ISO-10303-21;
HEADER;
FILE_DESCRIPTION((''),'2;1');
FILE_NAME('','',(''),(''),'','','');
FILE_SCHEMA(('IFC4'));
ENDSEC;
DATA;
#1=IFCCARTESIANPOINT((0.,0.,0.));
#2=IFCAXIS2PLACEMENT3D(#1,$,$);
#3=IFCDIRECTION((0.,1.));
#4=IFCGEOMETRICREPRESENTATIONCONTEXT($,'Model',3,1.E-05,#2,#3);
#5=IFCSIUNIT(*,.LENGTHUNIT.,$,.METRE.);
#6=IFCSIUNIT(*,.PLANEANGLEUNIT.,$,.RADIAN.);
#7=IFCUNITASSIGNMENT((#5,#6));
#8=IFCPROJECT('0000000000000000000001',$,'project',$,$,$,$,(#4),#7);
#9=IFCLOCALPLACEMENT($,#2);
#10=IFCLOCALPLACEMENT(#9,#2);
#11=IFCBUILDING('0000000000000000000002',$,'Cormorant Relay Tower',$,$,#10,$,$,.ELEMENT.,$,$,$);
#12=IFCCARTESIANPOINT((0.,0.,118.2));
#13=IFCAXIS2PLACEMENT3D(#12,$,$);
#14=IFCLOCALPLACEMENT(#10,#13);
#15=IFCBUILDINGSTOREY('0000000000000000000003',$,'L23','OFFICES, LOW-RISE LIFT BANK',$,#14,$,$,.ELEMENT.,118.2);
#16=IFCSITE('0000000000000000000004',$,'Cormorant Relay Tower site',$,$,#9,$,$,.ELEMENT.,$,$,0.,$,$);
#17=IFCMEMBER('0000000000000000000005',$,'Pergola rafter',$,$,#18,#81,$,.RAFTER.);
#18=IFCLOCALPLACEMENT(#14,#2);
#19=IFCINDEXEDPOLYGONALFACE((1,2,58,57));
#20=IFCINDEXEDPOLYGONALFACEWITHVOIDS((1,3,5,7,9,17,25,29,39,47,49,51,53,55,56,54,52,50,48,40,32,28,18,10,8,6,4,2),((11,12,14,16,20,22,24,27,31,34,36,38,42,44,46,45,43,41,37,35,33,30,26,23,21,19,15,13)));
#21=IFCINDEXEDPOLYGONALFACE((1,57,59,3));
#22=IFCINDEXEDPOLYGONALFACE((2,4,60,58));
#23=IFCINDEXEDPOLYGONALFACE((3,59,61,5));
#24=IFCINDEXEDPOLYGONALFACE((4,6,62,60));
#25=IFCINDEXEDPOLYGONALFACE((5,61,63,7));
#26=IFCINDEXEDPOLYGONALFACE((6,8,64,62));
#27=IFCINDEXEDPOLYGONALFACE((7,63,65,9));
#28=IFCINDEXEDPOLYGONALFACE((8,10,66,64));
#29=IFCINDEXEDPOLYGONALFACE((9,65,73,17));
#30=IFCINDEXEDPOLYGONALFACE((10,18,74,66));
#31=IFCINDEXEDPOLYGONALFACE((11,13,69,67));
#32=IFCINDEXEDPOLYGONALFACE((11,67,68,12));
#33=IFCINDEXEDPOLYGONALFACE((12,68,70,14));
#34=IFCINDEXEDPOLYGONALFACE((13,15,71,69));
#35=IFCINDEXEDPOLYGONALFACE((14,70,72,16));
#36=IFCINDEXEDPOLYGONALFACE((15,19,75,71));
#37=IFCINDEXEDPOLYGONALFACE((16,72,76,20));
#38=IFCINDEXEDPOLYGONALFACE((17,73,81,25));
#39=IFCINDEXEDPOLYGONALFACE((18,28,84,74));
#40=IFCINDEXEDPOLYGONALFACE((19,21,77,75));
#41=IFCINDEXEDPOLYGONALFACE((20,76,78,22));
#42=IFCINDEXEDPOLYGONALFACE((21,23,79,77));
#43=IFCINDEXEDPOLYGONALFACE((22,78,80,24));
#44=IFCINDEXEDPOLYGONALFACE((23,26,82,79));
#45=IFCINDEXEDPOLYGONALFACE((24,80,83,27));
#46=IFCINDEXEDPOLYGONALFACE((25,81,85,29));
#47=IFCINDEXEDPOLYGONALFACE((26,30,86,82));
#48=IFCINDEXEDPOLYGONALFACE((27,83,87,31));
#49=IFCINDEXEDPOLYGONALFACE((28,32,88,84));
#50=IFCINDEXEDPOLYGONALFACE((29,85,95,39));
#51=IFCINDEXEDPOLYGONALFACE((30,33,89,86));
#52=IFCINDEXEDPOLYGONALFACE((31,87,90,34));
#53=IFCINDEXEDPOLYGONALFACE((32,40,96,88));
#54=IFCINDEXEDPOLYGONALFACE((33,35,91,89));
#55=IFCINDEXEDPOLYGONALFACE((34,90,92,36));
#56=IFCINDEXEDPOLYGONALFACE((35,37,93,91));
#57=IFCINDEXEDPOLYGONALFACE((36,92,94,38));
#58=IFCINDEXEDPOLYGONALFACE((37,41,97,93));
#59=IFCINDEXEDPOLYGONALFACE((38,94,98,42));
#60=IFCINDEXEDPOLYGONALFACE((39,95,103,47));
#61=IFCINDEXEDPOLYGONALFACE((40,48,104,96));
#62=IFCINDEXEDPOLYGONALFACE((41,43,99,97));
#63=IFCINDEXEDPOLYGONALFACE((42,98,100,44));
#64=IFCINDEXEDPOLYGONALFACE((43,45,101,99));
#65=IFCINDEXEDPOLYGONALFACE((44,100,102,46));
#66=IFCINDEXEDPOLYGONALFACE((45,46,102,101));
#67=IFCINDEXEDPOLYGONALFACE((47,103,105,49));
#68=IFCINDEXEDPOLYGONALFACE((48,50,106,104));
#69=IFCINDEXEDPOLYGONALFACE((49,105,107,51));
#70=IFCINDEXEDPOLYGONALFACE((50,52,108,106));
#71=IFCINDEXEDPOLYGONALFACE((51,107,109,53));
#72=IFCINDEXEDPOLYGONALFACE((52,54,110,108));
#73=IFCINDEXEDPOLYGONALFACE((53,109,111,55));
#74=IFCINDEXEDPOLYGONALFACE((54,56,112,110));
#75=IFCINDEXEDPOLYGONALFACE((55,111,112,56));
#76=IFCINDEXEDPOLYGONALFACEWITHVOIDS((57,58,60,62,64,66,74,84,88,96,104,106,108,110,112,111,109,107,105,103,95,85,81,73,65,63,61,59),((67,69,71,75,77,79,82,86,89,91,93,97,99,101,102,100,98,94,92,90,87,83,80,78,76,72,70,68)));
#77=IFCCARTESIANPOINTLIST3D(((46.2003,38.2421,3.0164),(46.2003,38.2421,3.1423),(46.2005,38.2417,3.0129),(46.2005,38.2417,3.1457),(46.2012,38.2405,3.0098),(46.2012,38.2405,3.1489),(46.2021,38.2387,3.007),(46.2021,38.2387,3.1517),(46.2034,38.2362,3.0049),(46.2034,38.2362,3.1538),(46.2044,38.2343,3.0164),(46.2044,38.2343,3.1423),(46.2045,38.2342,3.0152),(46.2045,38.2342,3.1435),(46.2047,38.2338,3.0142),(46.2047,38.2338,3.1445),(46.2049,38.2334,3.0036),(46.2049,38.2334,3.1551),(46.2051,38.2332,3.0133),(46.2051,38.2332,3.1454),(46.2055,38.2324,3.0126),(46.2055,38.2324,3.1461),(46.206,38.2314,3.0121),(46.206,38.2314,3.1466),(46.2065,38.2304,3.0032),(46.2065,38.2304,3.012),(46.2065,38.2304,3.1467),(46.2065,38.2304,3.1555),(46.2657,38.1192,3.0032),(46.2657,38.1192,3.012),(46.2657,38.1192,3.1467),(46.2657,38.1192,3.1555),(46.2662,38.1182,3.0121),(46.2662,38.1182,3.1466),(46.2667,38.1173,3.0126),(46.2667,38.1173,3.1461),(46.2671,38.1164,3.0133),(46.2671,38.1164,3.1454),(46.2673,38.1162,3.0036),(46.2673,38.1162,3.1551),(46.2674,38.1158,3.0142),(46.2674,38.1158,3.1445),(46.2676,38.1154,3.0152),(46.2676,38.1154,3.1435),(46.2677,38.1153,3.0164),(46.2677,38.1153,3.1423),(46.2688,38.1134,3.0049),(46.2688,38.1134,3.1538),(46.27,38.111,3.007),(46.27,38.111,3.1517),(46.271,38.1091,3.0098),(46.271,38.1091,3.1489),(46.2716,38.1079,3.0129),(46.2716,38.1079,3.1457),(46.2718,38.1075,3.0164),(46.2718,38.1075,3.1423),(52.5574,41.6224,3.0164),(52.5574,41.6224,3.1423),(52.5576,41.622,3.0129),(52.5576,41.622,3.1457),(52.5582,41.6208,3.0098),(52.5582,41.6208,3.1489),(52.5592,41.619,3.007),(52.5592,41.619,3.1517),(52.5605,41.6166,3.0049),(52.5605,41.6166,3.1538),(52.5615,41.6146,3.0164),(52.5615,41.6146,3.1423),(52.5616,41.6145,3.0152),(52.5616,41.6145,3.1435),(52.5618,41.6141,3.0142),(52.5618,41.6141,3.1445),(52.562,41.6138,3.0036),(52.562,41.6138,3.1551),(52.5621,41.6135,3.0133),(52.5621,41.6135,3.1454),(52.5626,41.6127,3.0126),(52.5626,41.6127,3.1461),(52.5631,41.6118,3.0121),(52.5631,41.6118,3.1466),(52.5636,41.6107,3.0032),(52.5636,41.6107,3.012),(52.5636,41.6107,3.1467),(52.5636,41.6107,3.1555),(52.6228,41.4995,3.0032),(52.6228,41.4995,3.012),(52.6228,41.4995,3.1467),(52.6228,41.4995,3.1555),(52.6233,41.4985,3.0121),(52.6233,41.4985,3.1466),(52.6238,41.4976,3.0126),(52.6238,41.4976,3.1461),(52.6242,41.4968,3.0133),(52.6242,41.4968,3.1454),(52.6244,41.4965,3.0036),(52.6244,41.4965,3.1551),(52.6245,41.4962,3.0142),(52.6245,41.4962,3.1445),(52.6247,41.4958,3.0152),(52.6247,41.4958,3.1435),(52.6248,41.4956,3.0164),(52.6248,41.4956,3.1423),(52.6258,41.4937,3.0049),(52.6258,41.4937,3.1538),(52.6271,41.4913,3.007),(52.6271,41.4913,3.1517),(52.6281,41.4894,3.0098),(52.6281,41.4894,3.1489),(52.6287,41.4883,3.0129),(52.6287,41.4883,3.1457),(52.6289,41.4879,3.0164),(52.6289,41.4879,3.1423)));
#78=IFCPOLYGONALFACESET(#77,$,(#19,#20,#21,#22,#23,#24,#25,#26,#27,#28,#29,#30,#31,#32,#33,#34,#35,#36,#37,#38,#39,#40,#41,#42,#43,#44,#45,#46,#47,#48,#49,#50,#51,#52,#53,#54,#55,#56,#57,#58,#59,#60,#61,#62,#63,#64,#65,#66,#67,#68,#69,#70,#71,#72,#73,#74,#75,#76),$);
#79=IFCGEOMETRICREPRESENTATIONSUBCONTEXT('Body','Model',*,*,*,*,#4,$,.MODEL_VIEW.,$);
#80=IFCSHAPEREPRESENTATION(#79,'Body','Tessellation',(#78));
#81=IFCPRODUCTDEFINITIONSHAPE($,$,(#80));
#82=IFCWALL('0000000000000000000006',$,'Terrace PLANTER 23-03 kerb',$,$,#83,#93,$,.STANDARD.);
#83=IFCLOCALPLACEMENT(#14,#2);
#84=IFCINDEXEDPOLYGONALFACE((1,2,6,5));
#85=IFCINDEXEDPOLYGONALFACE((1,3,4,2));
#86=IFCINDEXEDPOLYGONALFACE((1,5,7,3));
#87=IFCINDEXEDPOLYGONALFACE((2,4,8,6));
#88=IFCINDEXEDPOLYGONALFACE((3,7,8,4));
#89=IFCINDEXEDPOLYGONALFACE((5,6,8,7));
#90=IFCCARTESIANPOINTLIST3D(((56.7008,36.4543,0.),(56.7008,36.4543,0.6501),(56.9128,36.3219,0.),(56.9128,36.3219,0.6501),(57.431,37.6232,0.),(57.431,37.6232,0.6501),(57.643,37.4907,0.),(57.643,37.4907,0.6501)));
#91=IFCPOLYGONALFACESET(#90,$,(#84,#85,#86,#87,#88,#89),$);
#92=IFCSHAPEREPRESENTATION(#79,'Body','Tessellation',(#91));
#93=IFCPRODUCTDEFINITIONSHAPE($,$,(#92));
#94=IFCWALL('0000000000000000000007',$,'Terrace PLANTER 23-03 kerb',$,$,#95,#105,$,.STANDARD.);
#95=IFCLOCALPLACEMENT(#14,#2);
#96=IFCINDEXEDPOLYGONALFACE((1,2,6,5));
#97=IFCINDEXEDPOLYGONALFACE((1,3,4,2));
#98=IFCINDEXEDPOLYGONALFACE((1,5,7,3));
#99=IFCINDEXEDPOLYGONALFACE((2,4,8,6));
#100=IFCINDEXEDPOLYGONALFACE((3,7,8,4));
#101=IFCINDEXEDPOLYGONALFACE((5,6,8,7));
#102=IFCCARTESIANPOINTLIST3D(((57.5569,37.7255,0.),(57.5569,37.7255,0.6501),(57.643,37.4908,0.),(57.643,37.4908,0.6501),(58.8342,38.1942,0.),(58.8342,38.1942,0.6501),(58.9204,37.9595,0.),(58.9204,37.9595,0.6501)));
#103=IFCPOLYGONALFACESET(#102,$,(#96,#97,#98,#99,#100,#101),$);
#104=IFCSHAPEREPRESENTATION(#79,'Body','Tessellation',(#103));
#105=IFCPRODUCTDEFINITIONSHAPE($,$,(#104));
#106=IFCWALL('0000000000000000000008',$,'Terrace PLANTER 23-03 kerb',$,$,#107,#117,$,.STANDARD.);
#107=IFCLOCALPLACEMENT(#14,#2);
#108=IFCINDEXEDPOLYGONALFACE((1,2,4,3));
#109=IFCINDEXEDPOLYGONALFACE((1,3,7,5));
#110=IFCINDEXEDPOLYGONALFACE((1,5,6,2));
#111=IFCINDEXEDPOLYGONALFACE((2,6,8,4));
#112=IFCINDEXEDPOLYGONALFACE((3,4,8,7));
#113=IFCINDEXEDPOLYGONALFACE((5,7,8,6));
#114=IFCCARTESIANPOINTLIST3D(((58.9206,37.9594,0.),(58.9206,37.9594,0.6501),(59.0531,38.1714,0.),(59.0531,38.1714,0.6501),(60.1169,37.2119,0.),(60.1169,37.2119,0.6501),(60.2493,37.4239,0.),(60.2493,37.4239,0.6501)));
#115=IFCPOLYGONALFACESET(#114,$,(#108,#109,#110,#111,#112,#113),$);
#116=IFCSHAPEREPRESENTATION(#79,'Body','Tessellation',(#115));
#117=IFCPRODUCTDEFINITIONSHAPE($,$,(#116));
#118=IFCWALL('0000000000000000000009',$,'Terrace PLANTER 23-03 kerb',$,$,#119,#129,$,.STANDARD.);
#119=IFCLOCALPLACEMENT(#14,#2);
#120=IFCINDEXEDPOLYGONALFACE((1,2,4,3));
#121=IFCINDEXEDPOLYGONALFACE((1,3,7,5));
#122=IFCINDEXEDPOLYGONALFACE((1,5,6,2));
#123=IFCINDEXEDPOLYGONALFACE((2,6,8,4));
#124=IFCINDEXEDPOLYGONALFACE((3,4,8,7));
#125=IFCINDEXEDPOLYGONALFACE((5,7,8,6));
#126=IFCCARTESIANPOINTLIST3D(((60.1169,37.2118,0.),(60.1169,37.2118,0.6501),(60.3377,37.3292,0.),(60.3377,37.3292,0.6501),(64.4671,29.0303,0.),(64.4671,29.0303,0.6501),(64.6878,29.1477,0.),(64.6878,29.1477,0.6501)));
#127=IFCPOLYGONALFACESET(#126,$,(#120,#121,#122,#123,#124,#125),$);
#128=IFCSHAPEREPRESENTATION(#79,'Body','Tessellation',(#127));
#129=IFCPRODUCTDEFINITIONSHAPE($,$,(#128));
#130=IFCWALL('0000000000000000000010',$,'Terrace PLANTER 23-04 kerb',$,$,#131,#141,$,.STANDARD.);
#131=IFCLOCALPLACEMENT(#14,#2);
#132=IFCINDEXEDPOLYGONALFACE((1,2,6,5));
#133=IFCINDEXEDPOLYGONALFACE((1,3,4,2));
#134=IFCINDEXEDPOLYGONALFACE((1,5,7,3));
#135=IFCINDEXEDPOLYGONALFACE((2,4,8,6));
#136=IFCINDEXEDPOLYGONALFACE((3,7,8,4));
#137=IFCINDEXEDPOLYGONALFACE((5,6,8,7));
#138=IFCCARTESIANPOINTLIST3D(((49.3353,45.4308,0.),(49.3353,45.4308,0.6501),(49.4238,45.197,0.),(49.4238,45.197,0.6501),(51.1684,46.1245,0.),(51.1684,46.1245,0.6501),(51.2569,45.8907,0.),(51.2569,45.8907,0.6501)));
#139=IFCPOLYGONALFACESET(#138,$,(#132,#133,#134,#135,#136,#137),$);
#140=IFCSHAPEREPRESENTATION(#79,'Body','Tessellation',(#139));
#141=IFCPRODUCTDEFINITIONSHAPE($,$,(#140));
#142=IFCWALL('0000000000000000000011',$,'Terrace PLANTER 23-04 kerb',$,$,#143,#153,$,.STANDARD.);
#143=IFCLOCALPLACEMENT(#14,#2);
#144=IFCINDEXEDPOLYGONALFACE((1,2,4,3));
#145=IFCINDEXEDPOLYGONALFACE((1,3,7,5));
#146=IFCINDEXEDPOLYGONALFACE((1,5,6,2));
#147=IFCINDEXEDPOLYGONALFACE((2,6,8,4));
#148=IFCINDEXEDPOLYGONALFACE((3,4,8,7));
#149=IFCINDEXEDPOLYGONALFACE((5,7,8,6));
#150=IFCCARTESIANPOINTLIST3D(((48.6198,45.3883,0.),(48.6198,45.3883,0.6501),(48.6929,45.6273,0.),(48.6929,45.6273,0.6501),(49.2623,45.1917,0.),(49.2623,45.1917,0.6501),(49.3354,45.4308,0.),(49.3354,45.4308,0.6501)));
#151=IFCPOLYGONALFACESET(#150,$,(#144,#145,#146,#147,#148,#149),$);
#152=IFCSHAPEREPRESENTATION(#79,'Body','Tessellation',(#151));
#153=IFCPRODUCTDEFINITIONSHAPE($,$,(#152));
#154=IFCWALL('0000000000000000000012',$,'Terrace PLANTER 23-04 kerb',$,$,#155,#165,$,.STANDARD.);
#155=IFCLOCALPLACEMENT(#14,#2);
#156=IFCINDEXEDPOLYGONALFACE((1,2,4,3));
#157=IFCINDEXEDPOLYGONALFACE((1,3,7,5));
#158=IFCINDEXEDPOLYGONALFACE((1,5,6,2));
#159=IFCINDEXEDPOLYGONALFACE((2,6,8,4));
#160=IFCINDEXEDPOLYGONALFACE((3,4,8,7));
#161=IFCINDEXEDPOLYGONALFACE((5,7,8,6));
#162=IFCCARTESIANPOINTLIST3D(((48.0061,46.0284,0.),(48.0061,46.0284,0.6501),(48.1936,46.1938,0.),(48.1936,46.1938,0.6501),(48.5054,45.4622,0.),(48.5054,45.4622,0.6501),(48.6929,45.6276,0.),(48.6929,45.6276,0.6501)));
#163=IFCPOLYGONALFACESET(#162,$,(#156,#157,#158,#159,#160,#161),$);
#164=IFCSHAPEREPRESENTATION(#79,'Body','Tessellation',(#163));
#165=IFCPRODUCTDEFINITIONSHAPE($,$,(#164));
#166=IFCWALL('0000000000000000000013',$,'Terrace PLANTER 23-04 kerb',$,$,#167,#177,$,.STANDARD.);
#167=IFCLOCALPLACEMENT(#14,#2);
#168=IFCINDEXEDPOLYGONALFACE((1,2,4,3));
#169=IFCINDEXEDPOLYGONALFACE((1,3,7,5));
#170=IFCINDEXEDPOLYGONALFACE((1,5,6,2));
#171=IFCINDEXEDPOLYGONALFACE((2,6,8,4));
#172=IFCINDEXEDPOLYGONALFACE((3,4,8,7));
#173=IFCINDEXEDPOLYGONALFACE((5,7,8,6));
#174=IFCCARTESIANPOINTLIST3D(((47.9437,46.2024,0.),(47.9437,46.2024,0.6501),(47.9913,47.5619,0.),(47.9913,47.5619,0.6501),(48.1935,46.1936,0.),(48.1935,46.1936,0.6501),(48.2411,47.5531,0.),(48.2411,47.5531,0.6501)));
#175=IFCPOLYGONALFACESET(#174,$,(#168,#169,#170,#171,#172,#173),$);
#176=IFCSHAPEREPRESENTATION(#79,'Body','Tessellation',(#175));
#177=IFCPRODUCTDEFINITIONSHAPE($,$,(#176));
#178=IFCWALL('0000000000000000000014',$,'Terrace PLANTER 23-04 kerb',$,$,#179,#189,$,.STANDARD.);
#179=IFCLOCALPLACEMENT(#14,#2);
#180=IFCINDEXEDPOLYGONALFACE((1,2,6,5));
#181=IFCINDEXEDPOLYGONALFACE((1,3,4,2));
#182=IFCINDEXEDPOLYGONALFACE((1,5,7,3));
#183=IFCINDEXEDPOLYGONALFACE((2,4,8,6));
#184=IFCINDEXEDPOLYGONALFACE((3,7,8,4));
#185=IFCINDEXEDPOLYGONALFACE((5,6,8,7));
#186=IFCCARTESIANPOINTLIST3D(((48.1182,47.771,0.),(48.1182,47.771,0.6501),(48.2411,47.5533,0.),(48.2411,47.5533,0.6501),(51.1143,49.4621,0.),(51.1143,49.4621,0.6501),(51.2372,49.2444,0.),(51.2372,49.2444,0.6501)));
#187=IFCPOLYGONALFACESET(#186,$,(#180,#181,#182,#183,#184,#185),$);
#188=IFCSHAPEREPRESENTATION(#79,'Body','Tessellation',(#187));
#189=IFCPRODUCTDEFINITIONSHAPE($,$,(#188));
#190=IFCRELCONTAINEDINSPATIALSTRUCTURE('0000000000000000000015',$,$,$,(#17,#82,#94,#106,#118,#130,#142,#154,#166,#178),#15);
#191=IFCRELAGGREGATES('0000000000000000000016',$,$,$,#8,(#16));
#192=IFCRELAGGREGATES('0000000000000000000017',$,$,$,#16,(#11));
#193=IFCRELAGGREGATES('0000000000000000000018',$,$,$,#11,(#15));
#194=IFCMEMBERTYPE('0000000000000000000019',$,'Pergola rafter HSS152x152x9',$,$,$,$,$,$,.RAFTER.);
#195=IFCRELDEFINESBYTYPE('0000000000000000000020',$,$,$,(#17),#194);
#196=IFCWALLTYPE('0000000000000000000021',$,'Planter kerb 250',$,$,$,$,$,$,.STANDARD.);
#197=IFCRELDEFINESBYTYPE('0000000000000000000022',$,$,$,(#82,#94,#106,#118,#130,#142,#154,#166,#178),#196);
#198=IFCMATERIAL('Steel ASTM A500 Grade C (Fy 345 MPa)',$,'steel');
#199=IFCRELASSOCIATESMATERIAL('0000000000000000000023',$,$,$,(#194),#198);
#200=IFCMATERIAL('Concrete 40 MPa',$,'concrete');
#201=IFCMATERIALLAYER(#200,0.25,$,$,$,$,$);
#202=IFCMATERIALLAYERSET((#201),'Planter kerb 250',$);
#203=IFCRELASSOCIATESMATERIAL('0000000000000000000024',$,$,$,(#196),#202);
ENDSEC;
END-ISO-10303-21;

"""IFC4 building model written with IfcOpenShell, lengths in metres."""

from ifc_helpers import new_model, si_unit, direction, frame, frame_2d, origin, origin_2d, place, context, subcontext, project, spatial, rectangle, hollow_rectangle, extrude, material, layer, layer_set, material_profile, profile_set, type_object, element, save


model = new_model("IFC4")

# Units and contexts
model_context = context("Model", 3, precision=1e-05, world=origin(), true_north=direction((0.0, 1.0)))
body_context = subcontext(model_context, "Body", "Model", "MODEL_VIEW")
ifc_project = project(units=[si_unit("LENGTHUNIT", "METRE"), si_unit("PLANEANGLEUNIT", "RADIAN")], contexts=[model_context])

# Site, building, storey
site_placement = place(None, origin())
site = spatial("IfcSite", under=ifc_project, at=site_placement, Name="Cormorant Relay Tower site", CompositionType="ELEMENT", RefElevation=0.0)
building_placement = place(site_placement, origin())
building = spatial("IfcBuilding", under=site, at=building_placement, Name="Cormorant Relay Tower", CompositionType="ELEMENT")
storey_placement = place(building_placement, frame((0.0, 0.0, 118.2)))
storey = spatial("IfcBuildingStorey", under=building, at=storey_placement, Name="L23", Description="OFFICES, LOW-RISE LIFT BANK", CompositionType="ELEMENT", Elevation=118.2)

# Member
ifc_material_1 = material(Name="Steel ASTM A500 Grade C (Fy 345 MPa)", Category="steel")
ifc_material_profile_1 = material_profile(ifc_material_1, hollow_rectangle(XDim=0.1523, YDim=0.1523, WallThickness=0.0088, InnerFilletRadius=0.0044, OuterFilletRadius=0.0132, at=origin_2d()), Name="HSS152x152x9")
ifc_profile_set_1 = profile_set([ifc_material_profile_1], Name="Steel ASTM A500 Grade C (Fy 345 MPa)")
member_type_1 = type_object("IfcMemberType", Name="Pergola rafter HSS152x152x9", PredefinedType="RAFTER", material=ifc_profile_set_1)
for number, where, z_axis, x_axis, name in (
    (1, (46.2361, 38.1748, 3.0793), (0.882936, 0.469493, 0.0), (-0.469493, 0.882936, 0.0), "Pergola rafter"),
):
    element("IfcMember", number, at=place(storey_placement, frame(where, z_axis=z_axis, x_axis=x_axis)), inside=storey, type_object=member_type_1, Name=name, PredefinedType="RAFTER", context=body_context, shape_type="SweptSolid", body=[
        extrude(hollow_rectangle(XDim=0.1523, YDim=0.1523, WallThickness=0.0088, InnerFilletRadius=0.0044, OuterFilletRadius=0.0132, at=origin_2d()), origin(), (0.0, 0.0, 1.0), 7.2),
    ])

# Walls
ifc_material_2 = material(Name="Concrete 40 MPa", Category="concrete")
ifc_layer_1 = layer(ifc_material_2, 0.25)
ifc_layer_set_1 = layer_set([ifc_layer_1], Name="Planter kerb 250")
wall_type = type_object("IfcWallType", Name="Planter kerb 250", PredefinedType="STANDARD", material=ifc_layer_set_1)
wall_1_placement = place(storey_placement, frame((56.8069, 36.3882, 0.0), z_axis=(0.0, 0.0, 1.0), x_axis=(0.529808, 0.848118, 0.0)))
element("IfcWall", 2, at=wall_1_placement, inside=storey, type_object=wall_type, Name="Terrace PLANTER 23-03 kerb", PredefinedType="STANDARD", context=body_context, shape_type="SweptSolid", body=[
    extrude(rectangle(XDim=1.3782, YDim=0.25, at=frame_2d((0.689, 0.0))), origin(), (0.0, 0.0, 1.0), 0.6501),
])
wall_2_placement = place(storey_placement, frame((57.6001, 37.6082, 0.0), z_axis=(0.0, 0.0, 1.0), x_axis=(0.938783, 0.344508, 0.0)))
element("IfcWall", 3, at=wall_2_placement, inside=storey, type_object=wall_type, Name="Terrace PLANTER 23-03 kerb", PredefinedType="STANDARD", context=body_context, shape_type="SweptSolid", body=[
    extrude(rectangle(XDim=1.3606, YDim=0.25, at=frame_2d((0.6802, 0.0))), origin(), (0.0, 0.0, 1.0), 0.6501),
])
wall_3_placement = place(storey_placement, frame((58.9868, 38.0654, 0.0), z_axis=(0.0, 0.0, 1.0), x_axis=(0.848037, -0.529937, 0.0)))
element("IfcWall", 4, at=wall_3_placement, inside=storey, type_object=wall_type, Name="Terrace PLANTER 23-03 kerb", PredefinedType="STANDARD", context=body_context, shape_type="SweptSolid", body=[
    extrude(rectangle(XDim=1.4106, YDim=0.25, at=frame_2d((0.7053, 0.0))), origin(), (0.0, 0.0, 1.0), 0.6501),
])
wall_4_placement = place(storey_placement, frame((60.2273, 37.2705, 0.0), z_axis=(0.0, 0.0, 1.0), x_axis=(0.469469, -0.882949, 0.0)))
element("IfcWall", 5, at=wall_4_placement, inside=storey, type_object=wall_type, Name="Terrace PLANTER 23-03 kerb", PredefinedType="STANDARD", context=body_context, shape_type="SweptSolid", body=[
    extrude(rectangle(XDim=9.2661, YDim=0.25, at=frame_2d((4.6331, 0.0))), origin(), (0.0, 0.0, 1.0), 0.6501),
])
wall_5_placement = place(storey_placement, frame((51.2126, 46.0076, 0.0), z_axis=(0.0, 0.0, 1.0), x_axis=(-0.935281, -0.353907, 0.0)))
element("IfcWall", 6, at=wall_5_placement, inside=storey, type_object=wall_type, Name="Terrace PLANTER 23-04 kerb", PredefinedType="STANDARD", context=body_context, shape_type="SweptSolid", body=[
    extrude(rectangle(XDim=1.96, YDim=0.25, at=frame_2d((0.98, 0.0))), origin(), (0.0, 0.0, 1.0), 0.6501),
])
wall_6_placement = place(storey_placement, frame((49.2988, 45.3113, 0.0), z_axis=(0.0, 0.0, 1.0), x_axis=(-0.956273, 0.292477, 0.0)))
element("IfcWall", 7, at=wall_6_placement, inside=storey, type_object=wall_type, Name="Terrace PLANTER 23-04 kerb", PredefinedType="STANDARD", context=body_context, shape_type="SweptSolid", body=[
    extrude(rectangle(XDim=0.6719, YDim=0.25, at=frame_2d((0.3359, 0.0))), origin(), (0.0, 0.0, 1.0), 0.6501),
])
wall_7_placement = place(storey_placement, frame((48.5991, 45.5449, 0.0), z_axis=(0.0, 0.0, 1.0), x_axis=(-0.661408, 0.750027, 0.0)))
element("IfcWall", 8, at=wall_7_placement, inside=storey, type_object=wall_type, Name="Terrace PLANTER 23-04 kerb", PredefinedType="STANDARD", context=body_context, shape_type="SweptSolid", body=[
    extrude(rectangle(XDim=0.7549, YDim=0.25, at=frame_2d((0.3774, 0.0))), origin(), (0.0, 0.0, 1.0), 0.6501),
])
wall_8_placement = place(storey_placement, frame((48.0686, 46.198, 0.0), z_axis=(0.0, 0.0, 1.0), x_axis=(0.034994, 0.999388, 0.0)))
element("IfcWall", 9, at=wall_8_placement, inside=storey, type_object=wall_type, Name="Terrace PLANTER 23-04 kerb", PredefinedType="STANDARD", context=body_context, shape_type="SweptSolid", body=[
    extrude(rectangle(XDim=1.3604, YDim=0.25, at=frame_2d((0.6802, 0.0))), origin(), (0.0, 0.0, 1.0), 0.6501),
])
wall_9_placement = place(storey_placement, frame((48.1797, 47.6621, 0.0), z_axis=(0.0, 0.0, 1.0), x_axis=(0.870847, 0.491554, 0.0)))
element("IfcWall", 10, at=wall_9_placement, inside=storey, type_object=wall_type, Name="Terrace PLANTER 23-04 kerb", PredefinedType="STANDARD", context=body_context, shape_type="SweptSolid", body=[
    extrude(rectangle(XDim=3.4404, YDim=0.25, at=frame_2d((1.7202, 0.0))), origin(), (0.0, 0.0, 1.0), 0.6501),
])

save(model, "model.ifc")
